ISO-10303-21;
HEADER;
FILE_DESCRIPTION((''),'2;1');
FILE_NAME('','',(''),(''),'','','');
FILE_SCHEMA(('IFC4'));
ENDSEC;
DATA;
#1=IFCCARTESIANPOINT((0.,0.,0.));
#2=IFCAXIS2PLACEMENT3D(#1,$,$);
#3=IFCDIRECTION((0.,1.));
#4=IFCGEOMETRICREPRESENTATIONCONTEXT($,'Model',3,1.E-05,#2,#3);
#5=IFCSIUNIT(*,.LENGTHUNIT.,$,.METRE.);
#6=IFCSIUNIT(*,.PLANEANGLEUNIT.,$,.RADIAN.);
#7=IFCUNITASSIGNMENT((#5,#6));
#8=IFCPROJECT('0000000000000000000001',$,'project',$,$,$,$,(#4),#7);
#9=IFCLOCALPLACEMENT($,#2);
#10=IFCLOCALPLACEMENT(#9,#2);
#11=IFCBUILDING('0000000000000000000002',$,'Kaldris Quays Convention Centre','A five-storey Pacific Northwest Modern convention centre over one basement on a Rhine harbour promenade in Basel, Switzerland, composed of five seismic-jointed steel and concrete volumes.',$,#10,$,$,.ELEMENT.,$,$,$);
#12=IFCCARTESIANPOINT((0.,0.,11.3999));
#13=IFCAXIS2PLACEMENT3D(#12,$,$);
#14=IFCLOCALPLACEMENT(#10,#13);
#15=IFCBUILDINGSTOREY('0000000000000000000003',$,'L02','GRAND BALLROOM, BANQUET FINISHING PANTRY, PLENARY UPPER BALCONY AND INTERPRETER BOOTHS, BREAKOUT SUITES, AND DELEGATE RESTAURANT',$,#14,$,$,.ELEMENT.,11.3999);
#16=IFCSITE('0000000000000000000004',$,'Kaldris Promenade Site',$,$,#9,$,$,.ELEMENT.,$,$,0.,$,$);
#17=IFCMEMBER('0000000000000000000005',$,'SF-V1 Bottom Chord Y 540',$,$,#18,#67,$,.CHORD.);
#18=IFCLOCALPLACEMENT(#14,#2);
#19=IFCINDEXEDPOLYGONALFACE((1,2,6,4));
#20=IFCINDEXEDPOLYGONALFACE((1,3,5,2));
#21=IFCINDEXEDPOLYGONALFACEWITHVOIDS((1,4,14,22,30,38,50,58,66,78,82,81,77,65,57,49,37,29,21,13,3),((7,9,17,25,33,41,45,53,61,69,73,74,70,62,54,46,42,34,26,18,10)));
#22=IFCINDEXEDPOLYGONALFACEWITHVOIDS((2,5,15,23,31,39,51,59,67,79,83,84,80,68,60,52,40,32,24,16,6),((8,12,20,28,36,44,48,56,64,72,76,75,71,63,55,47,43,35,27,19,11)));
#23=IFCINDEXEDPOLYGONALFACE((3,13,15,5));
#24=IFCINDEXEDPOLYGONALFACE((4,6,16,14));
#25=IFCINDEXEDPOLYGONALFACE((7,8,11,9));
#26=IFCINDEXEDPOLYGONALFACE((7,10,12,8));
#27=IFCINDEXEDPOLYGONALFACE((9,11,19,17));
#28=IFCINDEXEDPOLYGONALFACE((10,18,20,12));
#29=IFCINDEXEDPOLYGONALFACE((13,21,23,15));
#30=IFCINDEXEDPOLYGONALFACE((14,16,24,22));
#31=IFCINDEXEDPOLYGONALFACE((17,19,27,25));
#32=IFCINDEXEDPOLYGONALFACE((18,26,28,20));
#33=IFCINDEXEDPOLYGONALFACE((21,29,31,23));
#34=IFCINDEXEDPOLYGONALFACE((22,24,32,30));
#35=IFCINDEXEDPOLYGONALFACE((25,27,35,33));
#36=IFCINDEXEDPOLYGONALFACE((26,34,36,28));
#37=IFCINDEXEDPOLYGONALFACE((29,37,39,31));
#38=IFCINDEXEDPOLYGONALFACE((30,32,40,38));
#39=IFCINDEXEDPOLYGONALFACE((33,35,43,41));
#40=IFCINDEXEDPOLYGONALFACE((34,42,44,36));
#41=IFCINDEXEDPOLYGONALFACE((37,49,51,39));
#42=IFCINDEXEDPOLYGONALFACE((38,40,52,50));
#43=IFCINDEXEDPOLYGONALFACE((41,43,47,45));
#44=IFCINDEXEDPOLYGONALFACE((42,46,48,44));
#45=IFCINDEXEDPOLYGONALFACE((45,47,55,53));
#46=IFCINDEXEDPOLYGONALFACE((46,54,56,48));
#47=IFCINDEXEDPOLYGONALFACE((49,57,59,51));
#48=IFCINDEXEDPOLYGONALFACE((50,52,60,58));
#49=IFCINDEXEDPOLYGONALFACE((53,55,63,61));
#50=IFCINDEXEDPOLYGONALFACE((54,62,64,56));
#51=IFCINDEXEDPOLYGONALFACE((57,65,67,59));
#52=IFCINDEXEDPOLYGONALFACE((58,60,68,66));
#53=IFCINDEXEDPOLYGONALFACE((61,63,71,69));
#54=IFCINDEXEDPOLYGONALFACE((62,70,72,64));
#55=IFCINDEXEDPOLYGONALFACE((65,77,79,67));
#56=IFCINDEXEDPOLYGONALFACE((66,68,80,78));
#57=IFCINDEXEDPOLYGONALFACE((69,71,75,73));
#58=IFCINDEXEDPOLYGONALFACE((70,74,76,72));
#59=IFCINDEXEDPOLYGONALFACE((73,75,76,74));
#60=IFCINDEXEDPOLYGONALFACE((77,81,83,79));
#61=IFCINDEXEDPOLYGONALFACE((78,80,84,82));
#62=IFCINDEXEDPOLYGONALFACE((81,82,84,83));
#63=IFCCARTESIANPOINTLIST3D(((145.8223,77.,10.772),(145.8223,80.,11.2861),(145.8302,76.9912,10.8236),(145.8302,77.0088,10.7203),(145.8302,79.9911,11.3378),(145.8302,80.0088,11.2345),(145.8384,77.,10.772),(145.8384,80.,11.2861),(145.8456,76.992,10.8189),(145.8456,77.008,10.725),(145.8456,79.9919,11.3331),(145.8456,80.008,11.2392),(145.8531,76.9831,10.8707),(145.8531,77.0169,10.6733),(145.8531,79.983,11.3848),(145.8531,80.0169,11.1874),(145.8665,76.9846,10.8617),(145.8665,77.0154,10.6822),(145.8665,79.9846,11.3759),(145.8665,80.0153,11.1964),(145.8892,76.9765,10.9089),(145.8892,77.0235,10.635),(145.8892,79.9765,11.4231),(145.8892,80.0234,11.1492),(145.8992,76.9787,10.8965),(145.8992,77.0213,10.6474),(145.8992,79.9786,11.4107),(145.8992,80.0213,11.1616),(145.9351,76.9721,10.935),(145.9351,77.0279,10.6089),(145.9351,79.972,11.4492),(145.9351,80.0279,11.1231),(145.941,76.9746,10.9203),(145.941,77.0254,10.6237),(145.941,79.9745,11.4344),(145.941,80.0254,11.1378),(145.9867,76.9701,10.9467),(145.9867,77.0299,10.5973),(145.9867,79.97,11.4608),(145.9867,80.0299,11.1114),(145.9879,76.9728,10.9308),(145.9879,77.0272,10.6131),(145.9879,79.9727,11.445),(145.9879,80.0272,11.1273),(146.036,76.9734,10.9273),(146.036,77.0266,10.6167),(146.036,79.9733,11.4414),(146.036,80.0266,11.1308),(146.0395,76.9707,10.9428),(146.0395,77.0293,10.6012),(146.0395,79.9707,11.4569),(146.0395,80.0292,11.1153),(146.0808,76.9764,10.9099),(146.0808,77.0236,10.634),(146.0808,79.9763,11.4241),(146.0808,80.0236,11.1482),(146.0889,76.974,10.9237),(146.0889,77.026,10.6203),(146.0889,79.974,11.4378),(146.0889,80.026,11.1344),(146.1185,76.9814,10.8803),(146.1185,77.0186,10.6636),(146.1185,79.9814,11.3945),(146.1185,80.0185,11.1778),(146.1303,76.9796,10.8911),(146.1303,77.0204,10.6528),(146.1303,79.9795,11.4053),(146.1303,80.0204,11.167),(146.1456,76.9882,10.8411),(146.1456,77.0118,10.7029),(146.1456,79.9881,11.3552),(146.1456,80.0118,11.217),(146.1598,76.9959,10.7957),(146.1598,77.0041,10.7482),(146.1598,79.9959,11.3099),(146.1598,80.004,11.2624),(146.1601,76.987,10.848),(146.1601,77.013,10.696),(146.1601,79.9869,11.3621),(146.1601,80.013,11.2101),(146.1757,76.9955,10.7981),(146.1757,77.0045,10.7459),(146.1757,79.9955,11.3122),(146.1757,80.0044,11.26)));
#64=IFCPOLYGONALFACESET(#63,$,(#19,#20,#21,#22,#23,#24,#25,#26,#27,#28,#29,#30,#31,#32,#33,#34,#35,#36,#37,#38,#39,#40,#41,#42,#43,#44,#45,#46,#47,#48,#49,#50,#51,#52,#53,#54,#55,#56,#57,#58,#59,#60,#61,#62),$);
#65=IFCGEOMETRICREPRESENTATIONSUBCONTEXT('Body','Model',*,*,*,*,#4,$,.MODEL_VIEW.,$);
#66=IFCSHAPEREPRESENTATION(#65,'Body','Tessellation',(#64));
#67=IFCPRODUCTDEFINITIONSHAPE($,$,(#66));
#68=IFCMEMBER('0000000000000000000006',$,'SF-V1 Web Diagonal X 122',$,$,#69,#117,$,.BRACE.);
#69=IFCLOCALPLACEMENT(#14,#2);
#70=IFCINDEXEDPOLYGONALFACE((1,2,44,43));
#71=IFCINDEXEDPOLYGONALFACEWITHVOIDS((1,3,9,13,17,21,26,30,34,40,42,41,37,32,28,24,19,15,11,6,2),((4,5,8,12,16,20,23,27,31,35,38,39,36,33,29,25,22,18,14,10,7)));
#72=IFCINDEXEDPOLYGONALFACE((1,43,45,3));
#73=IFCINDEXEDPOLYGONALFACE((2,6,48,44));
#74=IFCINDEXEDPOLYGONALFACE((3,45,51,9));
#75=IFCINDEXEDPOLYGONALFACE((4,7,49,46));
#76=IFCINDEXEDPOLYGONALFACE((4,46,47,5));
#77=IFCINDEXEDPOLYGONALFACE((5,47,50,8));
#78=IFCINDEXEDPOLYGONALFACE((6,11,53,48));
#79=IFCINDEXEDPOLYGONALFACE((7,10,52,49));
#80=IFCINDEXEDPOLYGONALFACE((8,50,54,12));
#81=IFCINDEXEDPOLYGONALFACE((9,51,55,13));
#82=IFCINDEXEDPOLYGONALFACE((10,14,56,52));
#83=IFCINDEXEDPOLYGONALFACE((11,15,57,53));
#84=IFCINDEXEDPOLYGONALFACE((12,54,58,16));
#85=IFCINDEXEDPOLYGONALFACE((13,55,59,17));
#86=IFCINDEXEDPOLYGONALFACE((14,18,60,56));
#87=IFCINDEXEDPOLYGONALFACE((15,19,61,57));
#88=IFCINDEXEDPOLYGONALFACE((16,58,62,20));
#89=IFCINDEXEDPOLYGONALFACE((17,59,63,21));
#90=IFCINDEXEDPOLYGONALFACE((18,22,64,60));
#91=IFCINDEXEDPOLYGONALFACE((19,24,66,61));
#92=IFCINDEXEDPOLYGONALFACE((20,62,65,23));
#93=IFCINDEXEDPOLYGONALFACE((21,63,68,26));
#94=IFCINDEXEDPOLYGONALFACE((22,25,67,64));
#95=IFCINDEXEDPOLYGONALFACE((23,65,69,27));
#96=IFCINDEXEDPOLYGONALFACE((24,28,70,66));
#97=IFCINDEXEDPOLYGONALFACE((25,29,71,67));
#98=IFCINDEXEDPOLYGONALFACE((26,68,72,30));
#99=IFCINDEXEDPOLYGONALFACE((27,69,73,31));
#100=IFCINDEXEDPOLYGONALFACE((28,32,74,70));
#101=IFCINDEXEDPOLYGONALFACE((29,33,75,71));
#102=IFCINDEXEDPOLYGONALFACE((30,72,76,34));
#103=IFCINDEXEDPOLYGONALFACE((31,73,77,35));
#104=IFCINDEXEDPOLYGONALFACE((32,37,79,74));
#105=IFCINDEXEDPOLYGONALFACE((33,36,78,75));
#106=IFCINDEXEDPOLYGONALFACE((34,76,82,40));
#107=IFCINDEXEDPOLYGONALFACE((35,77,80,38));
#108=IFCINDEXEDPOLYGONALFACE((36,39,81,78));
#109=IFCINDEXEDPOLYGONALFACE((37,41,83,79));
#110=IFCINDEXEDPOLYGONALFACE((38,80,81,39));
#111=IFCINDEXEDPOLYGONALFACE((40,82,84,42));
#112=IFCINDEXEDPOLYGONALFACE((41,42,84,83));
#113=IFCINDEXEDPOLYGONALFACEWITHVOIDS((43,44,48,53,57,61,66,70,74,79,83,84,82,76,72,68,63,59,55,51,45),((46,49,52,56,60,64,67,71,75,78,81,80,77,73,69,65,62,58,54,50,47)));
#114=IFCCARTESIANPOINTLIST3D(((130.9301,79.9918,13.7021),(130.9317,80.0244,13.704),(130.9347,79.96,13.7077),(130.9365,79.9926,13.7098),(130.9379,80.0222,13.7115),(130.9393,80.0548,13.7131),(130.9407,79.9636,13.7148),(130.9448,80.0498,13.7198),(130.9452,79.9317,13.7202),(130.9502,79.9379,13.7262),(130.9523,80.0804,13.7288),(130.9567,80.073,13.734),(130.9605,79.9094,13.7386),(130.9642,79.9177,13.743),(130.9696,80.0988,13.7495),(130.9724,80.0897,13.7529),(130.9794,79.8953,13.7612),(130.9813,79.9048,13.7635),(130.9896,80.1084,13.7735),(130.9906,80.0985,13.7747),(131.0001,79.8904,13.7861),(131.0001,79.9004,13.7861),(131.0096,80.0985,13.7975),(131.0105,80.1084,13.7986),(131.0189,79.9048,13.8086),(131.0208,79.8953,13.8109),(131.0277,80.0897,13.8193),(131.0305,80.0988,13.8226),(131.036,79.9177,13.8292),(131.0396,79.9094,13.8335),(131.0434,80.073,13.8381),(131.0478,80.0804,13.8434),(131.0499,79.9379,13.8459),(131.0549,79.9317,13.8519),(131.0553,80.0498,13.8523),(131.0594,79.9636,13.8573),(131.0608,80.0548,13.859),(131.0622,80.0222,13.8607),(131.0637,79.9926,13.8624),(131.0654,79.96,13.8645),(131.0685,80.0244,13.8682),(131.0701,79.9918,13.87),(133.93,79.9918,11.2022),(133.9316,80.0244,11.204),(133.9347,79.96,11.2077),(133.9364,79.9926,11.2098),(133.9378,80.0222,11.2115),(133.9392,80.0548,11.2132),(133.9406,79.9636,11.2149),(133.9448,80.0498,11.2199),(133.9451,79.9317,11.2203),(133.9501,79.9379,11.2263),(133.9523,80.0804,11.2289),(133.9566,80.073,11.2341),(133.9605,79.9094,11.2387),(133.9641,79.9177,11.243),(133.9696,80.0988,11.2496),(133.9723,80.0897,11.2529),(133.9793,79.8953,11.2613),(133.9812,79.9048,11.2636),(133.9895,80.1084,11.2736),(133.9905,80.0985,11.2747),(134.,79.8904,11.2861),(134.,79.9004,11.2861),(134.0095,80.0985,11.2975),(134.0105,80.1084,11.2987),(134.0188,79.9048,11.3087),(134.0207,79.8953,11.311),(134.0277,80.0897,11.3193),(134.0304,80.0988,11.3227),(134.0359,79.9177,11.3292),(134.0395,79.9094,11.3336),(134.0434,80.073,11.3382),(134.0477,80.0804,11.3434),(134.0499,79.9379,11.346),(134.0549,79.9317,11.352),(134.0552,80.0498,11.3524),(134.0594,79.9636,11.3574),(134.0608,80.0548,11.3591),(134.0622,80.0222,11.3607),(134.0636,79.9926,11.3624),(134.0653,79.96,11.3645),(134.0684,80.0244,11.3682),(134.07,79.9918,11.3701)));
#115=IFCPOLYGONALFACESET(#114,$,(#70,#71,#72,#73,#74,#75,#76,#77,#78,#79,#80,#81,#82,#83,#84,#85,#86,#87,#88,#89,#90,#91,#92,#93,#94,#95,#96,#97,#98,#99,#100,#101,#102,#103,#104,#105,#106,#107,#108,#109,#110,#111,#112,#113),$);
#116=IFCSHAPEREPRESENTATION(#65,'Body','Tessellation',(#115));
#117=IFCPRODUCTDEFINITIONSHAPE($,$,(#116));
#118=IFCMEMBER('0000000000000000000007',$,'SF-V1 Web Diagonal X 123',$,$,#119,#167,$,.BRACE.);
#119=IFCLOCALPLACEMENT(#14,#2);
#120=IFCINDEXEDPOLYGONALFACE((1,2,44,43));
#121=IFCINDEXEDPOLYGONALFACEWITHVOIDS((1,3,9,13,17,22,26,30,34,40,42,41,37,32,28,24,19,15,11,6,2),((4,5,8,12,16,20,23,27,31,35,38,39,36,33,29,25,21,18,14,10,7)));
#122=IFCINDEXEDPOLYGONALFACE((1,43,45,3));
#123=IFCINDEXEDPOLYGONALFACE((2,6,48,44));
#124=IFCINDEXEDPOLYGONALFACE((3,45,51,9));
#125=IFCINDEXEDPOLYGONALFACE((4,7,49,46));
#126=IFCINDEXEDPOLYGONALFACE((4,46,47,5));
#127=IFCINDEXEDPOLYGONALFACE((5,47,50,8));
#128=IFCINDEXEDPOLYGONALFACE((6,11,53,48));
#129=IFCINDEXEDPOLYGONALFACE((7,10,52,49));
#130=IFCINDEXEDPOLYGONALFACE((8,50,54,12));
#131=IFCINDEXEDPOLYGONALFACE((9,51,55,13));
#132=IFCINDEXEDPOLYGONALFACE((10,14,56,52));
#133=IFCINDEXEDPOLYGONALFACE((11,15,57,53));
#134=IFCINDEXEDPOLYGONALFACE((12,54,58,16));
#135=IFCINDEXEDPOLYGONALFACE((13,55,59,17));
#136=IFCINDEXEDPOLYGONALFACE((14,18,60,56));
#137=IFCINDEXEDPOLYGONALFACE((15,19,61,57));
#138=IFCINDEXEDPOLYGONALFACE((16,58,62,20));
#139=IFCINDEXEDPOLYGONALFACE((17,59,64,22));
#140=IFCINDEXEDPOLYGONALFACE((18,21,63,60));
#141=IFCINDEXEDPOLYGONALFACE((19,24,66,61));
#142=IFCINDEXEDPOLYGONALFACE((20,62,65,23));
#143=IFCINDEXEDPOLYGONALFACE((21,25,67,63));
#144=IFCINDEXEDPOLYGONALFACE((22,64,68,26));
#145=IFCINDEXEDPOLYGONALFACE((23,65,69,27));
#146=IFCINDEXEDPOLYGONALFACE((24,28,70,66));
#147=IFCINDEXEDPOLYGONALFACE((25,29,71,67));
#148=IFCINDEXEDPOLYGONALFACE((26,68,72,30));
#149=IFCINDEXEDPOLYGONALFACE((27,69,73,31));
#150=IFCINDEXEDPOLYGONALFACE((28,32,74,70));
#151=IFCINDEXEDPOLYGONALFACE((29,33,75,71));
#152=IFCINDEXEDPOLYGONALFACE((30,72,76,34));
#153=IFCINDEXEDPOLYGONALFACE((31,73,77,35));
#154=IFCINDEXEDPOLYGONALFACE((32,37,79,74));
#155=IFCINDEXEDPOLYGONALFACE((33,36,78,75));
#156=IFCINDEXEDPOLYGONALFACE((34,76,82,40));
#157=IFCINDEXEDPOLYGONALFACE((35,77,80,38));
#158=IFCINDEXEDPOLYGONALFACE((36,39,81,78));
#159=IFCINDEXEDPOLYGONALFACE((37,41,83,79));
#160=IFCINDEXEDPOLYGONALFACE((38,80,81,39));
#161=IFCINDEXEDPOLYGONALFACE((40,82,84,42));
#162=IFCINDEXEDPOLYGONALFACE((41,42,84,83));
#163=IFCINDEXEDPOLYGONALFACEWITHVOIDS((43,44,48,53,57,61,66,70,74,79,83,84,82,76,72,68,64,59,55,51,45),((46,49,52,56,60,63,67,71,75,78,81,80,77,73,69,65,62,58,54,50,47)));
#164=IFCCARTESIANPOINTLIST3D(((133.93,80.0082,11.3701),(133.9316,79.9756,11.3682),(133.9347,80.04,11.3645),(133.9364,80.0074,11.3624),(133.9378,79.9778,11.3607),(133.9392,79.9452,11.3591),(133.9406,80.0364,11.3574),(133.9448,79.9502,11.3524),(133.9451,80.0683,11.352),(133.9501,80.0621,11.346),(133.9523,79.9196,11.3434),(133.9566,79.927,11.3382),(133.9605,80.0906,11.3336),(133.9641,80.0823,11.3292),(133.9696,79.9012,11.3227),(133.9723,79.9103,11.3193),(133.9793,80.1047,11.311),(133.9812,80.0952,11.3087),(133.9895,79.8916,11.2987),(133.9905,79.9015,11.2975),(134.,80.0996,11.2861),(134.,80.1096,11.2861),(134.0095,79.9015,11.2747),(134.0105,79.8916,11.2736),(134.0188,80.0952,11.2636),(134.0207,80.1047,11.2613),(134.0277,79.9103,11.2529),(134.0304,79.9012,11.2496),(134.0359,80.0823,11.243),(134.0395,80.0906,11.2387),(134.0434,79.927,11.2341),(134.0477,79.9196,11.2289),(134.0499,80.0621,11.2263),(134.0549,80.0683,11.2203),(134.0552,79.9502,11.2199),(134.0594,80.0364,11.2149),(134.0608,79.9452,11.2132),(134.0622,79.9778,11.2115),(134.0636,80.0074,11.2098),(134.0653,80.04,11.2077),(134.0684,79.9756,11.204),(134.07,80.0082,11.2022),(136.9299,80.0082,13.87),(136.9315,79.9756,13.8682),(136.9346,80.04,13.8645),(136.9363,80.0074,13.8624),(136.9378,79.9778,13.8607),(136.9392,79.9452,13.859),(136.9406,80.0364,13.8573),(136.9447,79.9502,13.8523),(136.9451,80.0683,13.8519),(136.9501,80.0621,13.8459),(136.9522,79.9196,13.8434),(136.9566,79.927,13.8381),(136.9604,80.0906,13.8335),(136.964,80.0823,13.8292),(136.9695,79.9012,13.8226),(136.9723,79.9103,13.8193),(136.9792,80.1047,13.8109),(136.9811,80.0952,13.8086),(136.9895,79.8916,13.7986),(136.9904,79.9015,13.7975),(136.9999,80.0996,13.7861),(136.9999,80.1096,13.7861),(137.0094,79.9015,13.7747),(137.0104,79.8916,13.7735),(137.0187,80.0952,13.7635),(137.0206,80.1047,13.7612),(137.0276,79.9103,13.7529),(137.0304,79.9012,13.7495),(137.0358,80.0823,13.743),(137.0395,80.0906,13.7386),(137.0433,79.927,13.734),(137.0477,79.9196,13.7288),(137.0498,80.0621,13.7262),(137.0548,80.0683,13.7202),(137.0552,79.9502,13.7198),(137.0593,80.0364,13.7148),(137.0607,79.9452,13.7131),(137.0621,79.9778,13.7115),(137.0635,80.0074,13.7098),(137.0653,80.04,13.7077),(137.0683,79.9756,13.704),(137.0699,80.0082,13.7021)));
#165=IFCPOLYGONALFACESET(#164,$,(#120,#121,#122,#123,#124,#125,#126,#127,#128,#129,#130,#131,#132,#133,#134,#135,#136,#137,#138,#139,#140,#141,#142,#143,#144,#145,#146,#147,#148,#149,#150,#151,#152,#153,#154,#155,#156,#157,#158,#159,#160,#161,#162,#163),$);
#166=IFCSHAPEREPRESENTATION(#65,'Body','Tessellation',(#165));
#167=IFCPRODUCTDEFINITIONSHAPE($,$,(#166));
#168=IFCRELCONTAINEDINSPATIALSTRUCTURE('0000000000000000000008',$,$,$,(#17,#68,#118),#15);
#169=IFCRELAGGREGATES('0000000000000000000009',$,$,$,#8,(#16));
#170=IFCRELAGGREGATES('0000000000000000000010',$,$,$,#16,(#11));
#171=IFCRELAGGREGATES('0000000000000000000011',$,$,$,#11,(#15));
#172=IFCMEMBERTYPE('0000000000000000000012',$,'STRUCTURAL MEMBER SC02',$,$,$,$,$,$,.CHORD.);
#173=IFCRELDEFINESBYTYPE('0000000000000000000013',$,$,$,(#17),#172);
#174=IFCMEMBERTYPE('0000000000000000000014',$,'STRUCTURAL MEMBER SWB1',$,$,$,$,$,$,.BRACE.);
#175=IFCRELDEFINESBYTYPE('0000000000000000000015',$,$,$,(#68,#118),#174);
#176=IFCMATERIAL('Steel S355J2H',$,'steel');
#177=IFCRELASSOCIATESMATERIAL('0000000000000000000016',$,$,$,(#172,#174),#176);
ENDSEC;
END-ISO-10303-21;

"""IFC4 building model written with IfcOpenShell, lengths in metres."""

from ifc_helpers import new_model, si_unit, direction, frame, origin, origin_2d, place, context, subcontext, project, spatial, hollow_circle, extrude, material, material_profile, profile_set, type_object, element, save


model = new_model("IFC4")

# Units and contexts
model_context = context("Model", 3, precision=1e-05, world=origin(), true_north=direction((0.0, 1.0)))
body_context = subcontext(model_context, "Body", "Model", "MODEL_VIEW")
ifc_project = project(units=[si_unit("LENGTHUNIT", "METRE"), si_unit("PLANEANGLEUNIT", "RADIAN")], contexts=[model_context])

# Site, building, storey
site_placement = place(None, origin())
site = spatial("IfcSite", under=ifc_project, at=site_placement, Name="Kaldris Promenade Site", CompositionType="ELEMENT", RefElevation=0.0)
building_placement = place(site_placement, origin())
building = spatial("IfcBuilding", under=site, at=building_placement, Name="Kaldris Quays Convention Centre", Description="A five-storey Pacific Northwest Modern convention centre over one basement on a Rhine harbour promenade in Basel, Switzerland, composed of five seismic-jointed steel and concrete volumes.", CompositionType="ELEMENT")
storey_placement = place(building_placement, frame((0.0, 0.0, 11.3999)))
storey = spatial("IfcBuildingStorey", under=building, at=storey_placement, Name="L02", Description="GRAND BALLROOM, BANQUET FINISHING PANTRY, PLENARY UPPER BALCONY AND INTERPRETER BOOTHS, BREAKOUT SUITES, AND DELEGATE RESTAURANT", CompositionType="ELEMENT", Elevation=11.3999)

# Members
ifc_material_1 = material(Name="Steel S355J2H", Category="steel")
ifc_material_profile_1 = material_profile(ifc_material_1, hollow_circle(Radius=0.1777, WallThickness=0.0161, at=origin_2d()), Name="CHS 355.6x16")
ifc_profile_set_1 = profile_set([ifc_material_profile_1], Name="Steel S355J2H")
member_type_1 = type_object("IfcMemberType", Name="STRUCTURAL MEMBER SC02", PredefinedType="CHORD", material=ifc_profile_set_1)
for number, where, z_axis, x_axis, name in (
    (1, (146.0, 77.0, 10.772), (0.0, 0.985629, 0.168924), (-1.0, 0.0, 0.0), "SF-V1 Bottom Chord Y 540"),
):
    element("IfcMember", number, at=place(storey_placement, frame(where, z_axis=z_axis, x_axis=x_axis)), inside=storey, type_object=member_type_1, Name=name, PredefinedType="CHORD", context=body_context, shape_type="SweptSolid", body=[
        extrude(hollow_circle(Radius=0.1777, WallThickness=0.0161, at=origin_2d()), origin(), (0.0, 0.0, 1.0), 3.0437),
    ])
ifc_material_profile_2 = material_profile(ifc_material_1, hollow_circle(Radius=0.1096, WallThickness=0.01, at=origin_2d()), Name="CHS 219.1x10")
ifc_profile_set_2 = profile_set([ifc_material_profile_2], Name="Steel S355J2H")
member_type_2 = type_object("IfcMemberType", Name="STRUCTURAL MEMBER SWB1", PredefinedType="BRACE", material=ifc_profile_set_2)
for number, where, z_axis, x_axis, name in (
    (2, (134.0, 80.0, 11.2861), (-0.768221, 0.0, 0.640184), (0.0, -1.0, 0.0), "SF-V1 Web Diagonal X 122"),
    (3, (134.0, 80.0, 11.2861), (0.768221, 0.0, 0.640184), (0.0, 1.0, 0.0), "SF-V1 Web Diagonal X 123"),
):
    element("IfcMember", number, at=place(storey_placement, frame(where, z_axis=z_axis, x_axis=x_axis)), inside=storey, type_object=member_type_2, Name=name, PredefinedType="BRACE", context=body_context, shape_type="SweptSolid", body=[
        extrude(hollow_circle(Radius=0.1096, WallThickness=0.01, at=origin_2d()), origin(), (0.0, 0.0, 1.0), 3.905),
    ])

save(model, "model.ifc")
